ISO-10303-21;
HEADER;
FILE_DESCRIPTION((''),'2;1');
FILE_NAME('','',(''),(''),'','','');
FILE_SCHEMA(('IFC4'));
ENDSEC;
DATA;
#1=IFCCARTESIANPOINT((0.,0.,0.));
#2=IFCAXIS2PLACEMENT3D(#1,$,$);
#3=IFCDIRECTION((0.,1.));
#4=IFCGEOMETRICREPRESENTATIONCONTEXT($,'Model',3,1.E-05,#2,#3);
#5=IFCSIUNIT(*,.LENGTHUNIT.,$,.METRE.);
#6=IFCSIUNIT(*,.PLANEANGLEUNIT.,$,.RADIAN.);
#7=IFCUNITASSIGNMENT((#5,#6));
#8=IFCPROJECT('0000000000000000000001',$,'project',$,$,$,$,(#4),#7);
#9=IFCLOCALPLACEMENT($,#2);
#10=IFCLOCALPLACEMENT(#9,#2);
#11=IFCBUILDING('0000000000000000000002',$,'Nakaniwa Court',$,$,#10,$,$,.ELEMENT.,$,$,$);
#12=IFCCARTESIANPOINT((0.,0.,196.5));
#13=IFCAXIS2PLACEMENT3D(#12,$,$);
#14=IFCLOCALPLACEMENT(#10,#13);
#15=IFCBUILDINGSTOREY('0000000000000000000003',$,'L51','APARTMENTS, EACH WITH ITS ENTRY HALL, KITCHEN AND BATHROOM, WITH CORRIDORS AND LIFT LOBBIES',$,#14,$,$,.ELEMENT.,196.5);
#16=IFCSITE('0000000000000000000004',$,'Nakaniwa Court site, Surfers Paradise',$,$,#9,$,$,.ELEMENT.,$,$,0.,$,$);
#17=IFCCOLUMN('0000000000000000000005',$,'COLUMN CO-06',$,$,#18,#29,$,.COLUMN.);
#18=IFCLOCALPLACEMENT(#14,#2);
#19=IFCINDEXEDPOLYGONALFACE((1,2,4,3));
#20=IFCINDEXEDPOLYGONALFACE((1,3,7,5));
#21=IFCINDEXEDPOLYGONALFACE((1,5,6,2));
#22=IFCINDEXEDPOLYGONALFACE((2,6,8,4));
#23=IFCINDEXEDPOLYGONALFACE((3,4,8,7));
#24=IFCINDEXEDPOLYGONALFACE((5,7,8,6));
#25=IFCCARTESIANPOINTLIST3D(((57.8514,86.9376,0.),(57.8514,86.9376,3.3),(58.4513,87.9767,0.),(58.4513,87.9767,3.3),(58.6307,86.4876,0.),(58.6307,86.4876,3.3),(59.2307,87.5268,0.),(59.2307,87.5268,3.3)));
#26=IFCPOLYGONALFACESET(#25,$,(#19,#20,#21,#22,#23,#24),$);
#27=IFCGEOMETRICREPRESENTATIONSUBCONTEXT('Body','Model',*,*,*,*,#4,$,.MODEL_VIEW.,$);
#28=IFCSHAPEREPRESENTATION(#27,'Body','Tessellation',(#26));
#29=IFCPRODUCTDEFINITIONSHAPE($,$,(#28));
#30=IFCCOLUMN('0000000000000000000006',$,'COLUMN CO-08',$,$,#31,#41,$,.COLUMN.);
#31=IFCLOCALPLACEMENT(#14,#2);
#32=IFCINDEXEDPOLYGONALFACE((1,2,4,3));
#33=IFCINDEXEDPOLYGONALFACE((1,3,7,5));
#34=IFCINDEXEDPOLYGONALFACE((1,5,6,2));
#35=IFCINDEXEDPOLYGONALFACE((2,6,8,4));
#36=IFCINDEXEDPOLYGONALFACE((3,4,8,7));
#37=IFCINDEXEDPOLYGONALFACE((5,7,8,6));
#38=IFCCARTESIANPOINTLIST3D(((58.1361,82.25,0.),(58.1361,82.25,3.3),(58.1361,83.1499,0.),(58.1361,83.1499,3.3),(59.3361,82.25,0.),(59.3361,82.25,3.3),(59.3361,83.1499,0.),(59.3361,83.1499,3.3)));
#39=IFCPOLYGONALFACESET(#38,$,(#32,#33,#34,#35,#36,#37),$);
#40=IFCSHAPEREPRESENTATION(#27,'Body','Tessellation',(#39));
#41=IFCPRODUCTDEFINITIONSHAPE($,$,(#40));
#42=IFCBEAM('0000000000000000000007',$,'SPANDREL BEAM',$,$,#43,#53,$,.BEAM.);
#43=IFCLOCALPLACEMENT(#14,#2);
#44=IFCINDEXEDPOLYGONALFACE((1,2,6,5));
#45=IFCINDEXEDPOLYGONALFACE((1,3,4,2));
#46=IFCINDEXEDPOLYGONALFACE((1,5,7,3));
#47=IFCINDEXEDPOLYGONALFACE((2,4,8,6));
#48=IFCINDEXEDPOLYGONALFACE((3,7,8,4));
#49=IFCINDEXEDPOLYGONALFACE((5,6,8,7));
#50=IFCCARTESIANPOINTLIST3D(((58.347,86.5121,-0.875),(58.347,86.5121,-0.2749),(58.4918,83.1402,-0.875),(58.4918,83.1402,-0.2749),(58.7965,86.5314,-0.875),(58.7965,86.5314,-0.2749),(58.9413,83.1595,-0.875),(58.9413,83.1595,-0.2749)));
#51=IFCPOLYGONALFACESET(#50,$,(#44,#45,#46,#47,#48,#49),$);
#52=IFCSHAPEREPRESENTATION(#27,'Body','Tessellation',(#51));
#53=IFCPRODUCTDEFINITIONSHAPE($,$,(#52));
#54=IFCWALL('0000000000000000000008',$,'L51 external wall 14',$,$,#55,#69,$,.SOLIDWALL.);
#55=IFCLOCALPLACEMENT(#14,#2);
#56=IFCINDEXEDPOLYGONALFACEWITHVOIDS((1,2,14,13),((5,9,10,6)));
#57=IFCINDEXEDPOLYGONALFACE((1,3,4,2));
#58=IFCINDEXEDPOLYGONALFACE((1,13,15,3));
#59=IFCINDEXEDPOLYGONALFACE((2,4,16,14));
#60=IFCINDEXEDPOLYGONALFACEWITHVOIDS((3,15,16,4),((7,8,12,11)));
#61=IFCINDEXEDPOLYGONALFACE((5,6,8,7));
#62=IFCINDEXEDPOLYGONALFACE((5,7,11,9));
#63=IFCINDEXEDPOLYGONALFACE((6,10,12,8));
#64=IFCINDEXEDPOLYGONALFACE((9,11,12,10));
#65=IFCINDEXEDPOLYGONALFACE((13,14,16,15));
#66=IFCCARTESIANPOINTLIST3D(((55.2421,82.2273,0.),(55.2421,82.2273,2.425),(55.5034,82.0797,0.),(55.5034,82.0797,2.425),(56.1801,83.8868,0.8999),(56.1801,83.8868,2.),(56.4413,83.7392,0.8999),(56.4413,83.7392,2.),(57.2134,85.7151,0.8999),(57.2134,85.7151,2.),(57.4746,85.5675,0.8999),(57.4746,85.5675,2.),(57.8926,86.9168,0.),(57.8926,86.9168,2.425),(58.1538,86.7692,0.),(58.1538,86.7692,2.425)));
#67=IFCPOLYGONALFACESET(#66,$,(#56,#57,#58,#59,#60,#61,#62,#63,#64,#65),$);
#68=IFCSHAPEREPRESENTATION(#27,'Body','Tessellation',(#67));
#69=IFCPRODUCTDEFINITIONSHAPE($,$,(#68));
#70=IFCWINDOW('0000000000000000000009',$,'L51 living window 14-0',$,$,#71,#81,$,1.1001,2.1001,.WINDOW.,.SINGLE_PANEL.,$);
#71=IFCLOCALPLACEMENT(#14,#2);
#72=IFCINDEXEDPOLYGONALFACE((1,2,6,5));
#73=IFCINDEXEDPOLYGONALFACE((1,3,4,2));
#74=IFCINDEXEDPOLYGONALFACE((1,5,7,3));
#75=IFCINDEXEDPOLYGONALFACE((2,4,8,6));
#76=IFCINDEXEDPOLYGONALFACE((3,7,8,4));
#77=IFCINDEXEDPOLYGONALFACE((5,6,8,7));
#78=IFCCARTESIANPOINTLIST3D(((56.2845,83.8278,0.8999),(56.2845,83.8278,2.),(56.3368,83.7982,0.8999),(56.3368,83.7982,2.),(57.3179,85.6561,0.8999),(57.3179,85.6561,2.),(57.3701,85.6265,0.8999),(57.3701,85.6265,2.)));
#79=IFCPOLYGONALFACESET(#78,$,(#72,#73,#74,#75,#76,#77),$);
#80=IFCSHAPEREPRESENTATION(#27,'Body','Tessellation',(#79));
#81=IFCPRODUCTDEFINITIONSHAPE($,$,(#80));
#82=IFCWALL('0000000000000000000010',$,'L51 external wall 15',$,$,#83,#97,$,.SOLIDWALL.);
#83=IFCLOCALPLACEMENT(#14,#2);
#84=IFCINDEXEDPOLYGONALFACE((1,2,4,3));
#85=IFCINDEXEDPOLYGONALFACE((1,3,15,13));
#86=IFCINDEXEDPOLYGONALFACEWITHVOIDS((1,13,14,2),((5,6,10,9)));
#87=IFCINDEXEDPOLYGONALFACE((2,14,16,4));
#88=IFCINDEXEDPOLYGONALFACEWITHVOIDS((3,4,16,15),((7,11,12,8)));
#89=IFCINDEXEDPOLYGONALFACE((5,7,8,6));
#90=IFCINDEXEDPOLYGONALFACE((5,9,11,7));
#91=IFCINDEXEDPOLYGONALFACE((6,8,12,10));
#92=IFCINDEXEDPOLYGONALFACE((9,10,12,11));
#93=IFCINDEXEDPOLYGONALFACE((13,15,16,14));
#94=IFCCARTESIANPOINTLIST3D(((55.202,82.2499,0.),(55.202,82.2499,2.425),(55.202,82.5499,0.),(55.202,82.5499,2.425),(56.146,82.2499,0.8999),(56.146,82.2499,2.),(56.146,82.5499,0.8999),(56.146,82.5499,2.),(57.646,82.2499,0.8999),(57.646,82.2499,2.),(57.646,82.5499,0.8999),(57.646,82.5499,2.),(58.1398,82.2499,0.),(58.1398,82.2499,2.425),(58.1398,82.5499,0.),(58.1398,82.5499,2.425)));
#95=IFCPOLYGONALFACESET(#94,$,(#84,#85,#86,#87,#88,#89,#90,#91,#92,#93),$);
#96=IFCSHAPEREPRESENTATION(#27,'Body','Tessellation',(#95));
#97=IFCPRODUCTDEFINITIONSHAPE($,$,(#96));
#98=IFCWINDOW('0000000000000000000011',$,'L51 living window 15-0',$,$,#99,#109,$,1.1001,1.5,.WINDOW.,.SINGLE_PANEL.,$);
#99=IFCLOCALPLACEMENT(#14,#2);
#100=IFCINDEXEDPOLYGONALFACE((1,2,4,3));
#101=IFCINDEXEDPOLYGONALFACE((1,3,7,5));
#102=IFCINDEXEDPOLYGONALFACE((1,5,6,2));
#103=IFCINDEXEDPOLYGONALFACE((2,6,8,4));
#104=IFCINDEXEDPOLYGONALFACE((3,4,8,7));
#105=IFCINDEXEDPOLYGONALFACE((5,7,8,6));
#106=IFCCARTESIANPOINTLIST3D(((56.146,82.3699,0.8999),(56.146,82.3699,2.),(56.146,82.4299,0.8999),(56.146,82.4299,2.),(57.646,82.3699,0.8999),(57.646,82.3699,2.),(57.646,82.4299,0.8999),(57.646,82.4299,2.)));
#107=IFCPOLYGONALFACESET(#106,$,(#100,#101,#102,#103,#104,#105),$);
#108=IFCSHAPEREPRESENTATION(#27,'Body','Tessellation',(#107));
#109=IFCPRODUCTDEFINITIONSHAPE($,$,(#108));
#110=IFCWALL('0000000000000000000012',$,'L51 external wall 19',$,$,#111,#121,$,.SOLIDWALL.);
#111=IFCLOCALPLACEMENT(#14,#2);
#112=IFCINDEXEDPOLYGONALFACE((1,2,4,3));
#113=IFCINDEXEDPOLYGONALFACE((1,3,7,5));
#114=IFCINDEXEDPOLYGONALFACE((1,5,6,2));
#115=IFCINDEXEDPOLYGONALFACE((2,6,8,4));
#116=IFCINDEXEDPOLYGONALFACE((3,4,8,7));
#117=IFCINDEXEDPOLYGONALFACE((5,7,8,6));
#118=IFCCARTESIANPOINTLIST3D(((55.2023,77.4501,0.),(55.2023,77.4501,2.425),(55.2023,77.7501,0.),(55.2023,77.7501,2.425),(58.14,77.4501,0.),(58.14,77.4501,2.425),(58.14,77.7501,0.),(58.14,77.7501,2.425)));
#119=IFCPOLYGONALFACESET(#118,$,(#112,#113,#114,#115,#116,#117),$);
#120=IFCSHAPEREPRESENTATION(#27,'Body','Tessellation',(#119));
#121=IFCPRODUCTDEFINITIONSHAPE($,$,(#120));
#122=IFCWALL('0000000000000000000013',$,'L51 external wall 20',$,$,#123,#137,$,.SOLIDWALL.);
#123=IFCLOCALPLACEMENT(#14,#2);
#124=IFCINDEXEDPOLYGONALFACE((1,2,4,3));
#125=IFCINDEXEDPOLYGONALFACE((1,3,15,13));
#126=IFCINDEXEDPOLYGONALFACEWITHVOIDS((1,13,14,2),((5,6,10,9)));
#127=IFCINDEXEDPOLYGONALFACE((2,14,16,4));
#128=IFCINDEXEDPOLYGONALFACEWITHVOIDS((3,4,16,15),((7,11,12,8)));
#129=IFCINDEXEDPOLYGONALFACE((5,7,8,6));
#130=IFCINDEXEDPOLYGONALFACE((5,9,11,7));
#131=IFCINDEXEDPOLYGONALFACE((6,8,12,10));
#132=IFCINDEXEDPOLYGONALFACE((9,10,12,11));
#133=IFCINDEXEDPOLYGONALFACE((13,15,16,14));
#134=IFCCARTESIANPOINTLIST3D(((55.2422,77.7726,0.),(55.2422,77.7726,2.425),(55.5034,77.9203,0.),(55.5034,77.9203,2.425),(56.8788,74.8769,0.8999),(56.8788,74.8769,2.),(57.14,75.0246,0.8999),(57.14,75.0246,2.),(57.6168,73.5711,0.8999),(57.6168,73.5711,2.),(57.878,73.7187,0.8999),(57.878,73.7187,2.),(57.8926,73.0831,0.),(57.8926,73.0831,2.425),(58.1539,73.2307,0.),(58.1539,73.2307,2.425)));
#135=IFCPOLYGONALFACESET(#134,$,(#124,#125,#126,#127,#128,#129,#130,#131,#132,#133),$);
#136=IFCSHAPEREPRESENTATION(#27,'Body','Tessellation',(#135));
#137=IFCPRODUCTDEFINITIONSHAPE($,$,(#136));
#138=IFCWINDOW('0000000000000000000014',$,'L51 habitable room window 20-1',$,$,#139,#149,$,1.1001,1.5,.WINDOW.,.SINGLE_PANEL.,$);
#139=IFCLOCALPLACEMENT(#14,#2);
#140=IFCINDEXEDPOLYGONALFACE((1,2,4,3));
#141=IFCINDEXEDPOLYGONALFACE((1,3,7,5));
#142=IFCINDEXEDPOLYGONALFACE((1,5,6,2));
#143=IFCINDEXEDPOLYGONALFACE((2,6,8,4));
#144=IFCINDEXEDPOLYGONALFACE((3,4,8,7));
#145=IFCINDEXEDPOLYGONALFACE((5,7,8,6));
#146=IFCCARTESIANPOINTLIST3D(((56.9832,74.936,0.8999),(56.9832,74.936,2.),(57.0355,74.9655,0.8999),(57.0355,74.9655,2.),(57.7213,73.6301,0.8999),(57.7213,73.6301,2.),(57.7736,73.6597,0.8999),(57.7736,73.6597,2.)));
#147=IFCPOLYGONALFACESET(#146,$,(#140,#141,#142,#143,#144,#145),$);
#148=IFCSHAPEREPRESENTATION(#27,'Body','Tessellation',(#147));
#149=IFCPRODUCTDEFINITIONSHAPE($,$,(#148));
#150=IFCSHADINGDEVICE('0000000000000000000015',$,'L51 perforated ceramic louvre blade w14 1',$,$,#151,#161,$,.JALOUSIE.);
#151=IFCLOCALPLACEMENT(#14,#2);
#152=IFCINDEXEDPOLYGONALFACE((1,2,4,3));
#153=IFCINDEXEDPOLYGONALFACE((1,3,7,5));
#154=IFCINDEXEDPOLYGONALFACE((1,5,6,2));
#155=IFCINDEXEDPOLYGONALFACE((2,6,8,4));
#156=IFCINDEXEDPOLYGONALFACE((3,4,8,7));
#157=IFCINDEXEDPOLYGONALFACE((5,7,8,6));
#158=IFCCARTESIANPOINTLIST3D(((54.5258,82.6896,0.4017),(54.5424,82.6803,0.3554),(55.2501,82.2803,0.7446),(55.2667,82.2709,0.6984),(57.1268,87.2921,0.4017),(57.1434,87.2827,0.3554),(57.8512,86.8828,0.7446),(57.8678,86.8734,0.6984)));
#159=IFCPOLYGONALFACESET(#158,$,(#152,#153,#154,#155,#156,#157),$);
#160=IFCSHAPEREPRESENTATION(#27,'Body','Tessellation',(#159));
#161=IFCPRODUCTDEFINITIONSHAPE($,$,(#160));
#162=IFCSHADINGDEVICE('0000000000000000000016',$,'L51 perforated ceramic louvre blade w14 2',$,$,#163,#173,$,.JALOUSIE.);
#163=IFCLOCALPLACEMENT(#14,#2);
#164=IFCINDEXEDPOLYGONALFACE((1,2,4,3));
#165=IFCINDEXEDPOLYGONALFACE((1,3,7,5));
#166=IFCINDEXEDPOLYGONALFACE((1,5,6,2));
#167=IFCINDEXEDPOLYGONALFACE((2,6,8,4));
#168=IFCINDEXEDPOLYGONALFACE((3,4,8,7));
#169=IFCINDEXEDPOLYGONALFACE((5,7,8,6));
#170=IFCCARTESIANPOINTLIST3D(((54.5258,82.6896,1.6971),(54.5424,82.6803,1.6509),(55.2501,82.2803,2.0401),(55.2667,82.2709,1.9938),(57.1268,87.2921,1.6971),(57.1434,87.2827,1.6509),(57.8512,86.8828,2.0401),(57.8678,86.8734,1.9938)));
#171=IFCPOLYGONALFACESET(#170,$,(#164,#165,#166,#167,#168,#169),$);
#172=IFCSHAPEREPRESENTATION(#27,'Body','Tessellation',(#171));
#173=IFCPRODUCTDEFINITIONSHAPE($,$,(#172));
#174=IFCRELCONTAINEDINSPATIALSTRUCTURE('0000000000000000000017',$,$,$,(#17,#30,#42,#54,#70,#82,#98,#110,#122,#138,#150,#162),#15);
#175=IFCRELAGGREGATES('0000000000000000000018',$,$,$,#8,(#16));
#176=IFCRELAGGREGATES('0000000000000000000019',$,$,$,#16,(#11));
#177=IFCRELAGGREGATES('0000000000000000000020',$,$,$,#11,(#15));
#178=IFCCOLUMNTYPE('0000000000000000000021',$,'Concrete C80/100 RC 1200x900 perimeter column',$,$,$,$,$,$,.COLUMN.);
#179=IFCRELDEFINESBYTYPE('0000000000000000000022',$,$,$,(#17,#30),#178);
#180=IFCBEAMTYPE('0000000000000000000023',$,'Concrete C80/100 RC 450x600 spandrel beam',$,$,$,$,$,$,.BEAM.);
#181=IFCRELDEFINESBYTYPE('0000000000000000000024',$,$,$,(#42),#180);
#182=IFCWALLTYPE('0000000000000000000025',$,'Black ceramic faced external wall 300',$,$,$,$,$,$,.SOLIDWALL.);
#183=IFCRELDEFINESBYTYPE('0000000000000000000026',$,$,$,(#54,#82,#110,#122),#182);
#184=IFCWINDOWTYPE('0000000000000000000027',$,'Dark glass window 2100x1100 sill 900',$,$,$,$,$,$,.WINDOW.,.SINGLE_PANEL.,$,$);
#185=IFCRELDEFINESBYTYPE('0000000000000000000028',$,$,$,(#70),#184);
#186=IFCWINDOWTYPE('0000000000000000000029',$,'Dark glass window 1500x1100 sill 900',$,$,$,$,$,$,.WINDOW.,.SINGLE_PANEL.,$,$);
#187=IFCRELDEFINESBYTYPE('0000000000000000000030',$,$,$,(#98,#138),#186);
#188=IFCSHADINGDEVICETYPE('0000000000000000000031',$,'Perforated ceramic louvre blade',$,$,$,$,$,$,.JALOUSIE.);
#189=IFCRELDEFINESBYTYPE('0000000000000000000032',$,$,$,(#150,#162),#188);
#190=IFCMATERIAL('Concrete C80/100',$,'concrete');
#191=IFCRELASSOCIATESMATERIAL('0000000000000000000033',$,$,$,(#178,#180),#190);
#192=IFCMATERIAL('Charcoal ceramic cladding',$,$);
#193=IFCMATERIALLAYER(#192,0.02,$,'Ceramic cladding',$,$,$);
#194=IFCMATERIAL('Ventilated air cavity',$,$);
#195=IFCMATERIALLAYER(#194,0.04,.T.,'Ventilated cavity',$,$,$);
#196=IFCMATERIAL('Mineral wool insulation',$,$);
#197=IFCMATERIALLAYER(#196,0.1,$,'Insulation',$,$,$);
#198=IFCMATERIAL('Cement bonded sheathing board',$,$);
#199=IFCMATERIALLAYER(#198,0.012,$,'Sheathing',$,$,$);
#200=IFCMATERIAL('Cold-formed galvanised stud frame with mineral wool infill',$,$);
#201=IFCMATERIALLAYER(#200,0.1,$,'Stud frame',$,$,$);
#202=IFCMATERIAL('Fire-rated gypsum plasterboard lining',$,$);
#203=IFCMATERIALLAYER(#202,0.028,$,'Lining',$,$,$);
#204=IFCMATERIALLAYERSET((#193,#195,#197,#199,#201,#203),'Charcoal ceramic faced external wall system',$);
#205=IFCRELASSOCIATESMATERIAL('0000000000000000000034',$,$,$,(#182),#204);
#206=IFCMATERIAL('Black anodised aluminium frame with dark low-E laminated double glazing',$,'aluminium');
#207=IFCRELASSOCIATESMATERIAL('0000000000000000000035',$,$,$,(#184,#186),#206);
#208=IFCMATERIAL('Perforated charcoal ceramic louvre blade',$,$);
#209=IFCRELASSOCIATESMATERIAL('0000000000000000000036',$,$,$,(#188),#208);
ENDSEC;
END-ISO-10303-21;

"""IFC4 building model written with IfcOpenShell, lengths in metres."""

from ifc_helpers import new_model, si_unit, direction, frame, frame_2d, origin, origin_2d, place, context, subcontext, project, spatial, rectangle, extrude, material, layer, layer_set, material_profile, profile_set, type_object, element, fill, save


model = new_model("IFC4")

# Units and contexts
model_context = context("Model", 3, precision=1e-05, world=origin(), true_north=direction((0.0, 1.0)))
body_context = subcontext(model_context, "Body", "Model", "MODEL_VIEW")
ifc_project = project(units=[si_unit("LENGTHUNIT", "METRE"), si_unit("PLANEANGLEUNIT", "RADIAN")], contexts=[model_context])

# Site, building, storey
site_placement = place(None, origin())
site = spatial("IfcSite", under=ifc_project, at=site_placement, Name="Nakaniwa Court site, Surfers Paradise", CompositionType="ELEMENT", RefElevation=0.0)
building_placement = place(site_placement, origin())
building = spatial("IfcBuilding", under=site, at=building_placement, Name="Nakaniwa Court", CompositionType="ELEMENT")
storey_placement = place(building_placement, frame((0.0, 0.0, 196.5)))
storey = spatial("IfcBuildingStorey", under=building, at=storey_placement, Name="L51", Description="APARTMENTS, EACH WITH ITS ENTRY HALL, KITCHEN AND BATHROOM, WITH CORRIDORS AND LIFT LOBBIES", CompositionType="ELEMENT", Elevation=196.5)

# Columns
ifc_material_1 = material(Name="Concrete C80/100", Category="concrete")
ifc_material_profile_1 = material_profile(ifc_material_1, rectangle(XDim=1.2, YDim=0.8999, at=origin_2d()), Name="Concrete C80/100 RC 1200x900 perimeter column")
ifc_profile_set_1 = profile_set([ifc_material_profile_1], Name="Concrete C80/100")
column_type = type_object("IfcColumnType", Name="Concrete C80/100 RC 1200x900 perimeter column", PredefinedType="COLUMN", material=ifc_profile_set_1)
for number, where, z_axis, x_axis, name in (
    (1, (58.541, 87.2322, 0.0), (0.0, 0.0, 1.0), (-0.5, -0.866025, 0.0), "COLUMN CO-06"),
    (2, (58.7361, 82.7, 0.0), (0.0, 0.0, 1.0), (1.0, 0.0, 0.0), "COLUMN CO-08"),
):
    element("IfcColumn", number, at=place(storey_placement, frame(where, z_axis=z_axis, x_axis=x_axis)), inside=storey, type_object=column_type, Name=name, PredefinedType="COLUMN", context=body_context, shape_type="SweptSolid", body=[
        extrude(rectangle(XDim=1.2, YDim=0.8999, at=origin_2d()), origin(), (0.0, 0.0, 1.0), 3.3),
    ])

# Beam
ifc_material_profile_2 = material_profile(ifc_material_1, rectangle(XDim=0.45, YDim=0.6001, at=origin_2d()), Name="Concrete C80/100 RC 450x600 spandrel beam")
ifc_profile_set_2 = profile_set([ifc_material_profile_2], Name="Concrete C80/100")
beam_type = type_object("IfcBeamType", Name="Concrete C80/100 RC 450x600 spandrel beam", PredefinedType="BEAM", material=ifc_profile_set_2)
beam_placement = place(storey_placement, frame((58.5718, 86.5217, -0.575), z_axis=(0.042897, -0.999079, 0.0), x_axis=(0.999079, 0.042897, 0.0)))
element("IfcBeam", 3, at=beam_placement, inside=storey, type_object=beam_type, Name="SPANDREL BEAM", PredefinedType="BEAM", context=body_context, shape_type="SweptSolid", body=[
    extrude(rectangle(XDim=0.45, YDim=0.6001, at=origin_2d()), origin(), (0.0, 0.0, 1.0), 3.375),
])

# Walls, openings, windows
ifc_material_2 = material(Name="Charcoal ceramic cladding")
ifc_layer_1 = layer(ifc_material_2, 0.02, Name="Ceramic cladding")
ifc_material_3 = material(Name="Ventilated air cavity")
ifc_layer_2 = layer(ifc_material_3, 0.04, ventilated=True, Name="Ventilated cavity")
ifc_material_4 = material(Name="Mineral wool insulation")
ifc_layer_3 = layer(ifc_material_4, 0.1, Name="Insulation")
ifc_material_5 = material(Name="Cement bonded sheathing board")
ifc_layer_4 = layer(ifc_material_5, 0.012, Name="Sheathing")
ifc_material_6 = material(Name="Cold-formed galvanised stud frame with mineral wool infill")
ifc_layer_5 = layer(ifc_material_6, 0.1, Name="Stud frame")
ifc_material_7 = material(Name="Fire-rated gypsum plasterboard lining")
ifc_layer_6 = layer(ifc_material_7, 0.028, Name="Lining")
ifc_layer_set = layer_set([ifc_layer_1, ifc_layer_2, ifc_layer_3, ifc_layer_4, ifc_layer_5, ifc_layer_6], Name="Charcoal ceramic faced external wall system")
wall_type = type_object("IfcWallType", Name="Black ceramic faced external wall 300", PredefinedType="SOLIDWALL", material=ifc_layer_set)
wall_1_placement = place(storey_placement, frame((58.0232, 86.843, 0.0), z_axis=(0.0, 0.0, 1.0), x_axis=(-0.492033, -0.870576, 0.0)))
wall_1 = element("IfcWall", 4, at=wall_1_placement, inside=storey, type_object=wall_type, Name="L51 external wall 14", PredefinedType="SOLIDWALL", context=body_context, shape_type="SweptSolid", body=[
    extrude(rectangle(XDim=5.3867, YDim=0.3, at=frame_2d((2.6934, 0.0))), origin(), (0.0, 0.0, 1.0), 2.425),
])
opening_1_placement = place(wall_1_placement, frame((1.3804, 0.0, 0.8999)))
opening_1 = element("IfcOpeningElement", 5, at=opening_1_placement, cuts=wall_1, PredefinedType="OPENING", context=body_context, shape_type="SweptSolid", body=[
    extrude(rectangle(XDim=2.1001, YDim=1.1001, at=frame_2d((1.05, 0.55))), frame((0.0, 0.1599, 0.0), z_axis=(0.0, -1.0, 0.0), x_axis=(1.0, 0.0, 0.0)), (0.0, 0.0, 1.0), 0.3201),
])
ifc_material_8 = material(Name="Black anodised aluminium frame with dark low-E laminated double glazing", Category="aluminium")
window_type_1 = type_object("IfcWindowType", Name="Dark glass window 2100x1100 sill 900", PartitioningType="SINGLE_PANEL", PredefinedType="WINDOW", material=ifc_material_8)
window_1_placement = place(opening_1_placement, origin())
window_1 = element("IfcWindow", 6, at=window_1_placement, inside=storey, type_object=window_type_1, Name="L51 living window 14-0", OverallHeight=1.1001, OverallWidth=2.1001, PartitioningType="SINGLE_PANEL", PredefinedType="WINDOW", context=body_context, shape_type="SweptSolid", body=[
    extrude(rectangle(XDim=2.1001, YDim=1.1001, at=frame_2d((1.05, 0.55))), frame((0.0, 0.03, 0.0), z_axis=(0.0, -1.0, 0.0), x_axis=(1.0, 0.0, 0.0)), (0.0, 0.0, 1.0), 0.0601),
])
fill(opening_1, window_1)
wall_2_placement = place(storey_placement, frame((55.2021, 82.3999, 0.0), z_axis=(0.0, 0.0, 1.0), x_axis=(1.0, 0.0, 0.0)))
wall_2 = element("IfcWall", 7, at=wall_2_placement, inside=storey, type_object=wall_type, Name="L51 external wall 15", PredefinedType="SOLIDWALL", context=body_context, shape_type="SweptSolid", body=[
    extrude(rectangle(XDim=2.9377, YDim=0.3, at=frame_2d((1.4688, 0.0))), origin(), (0.0, 0.0, 1.0), 2.425),
])
opening_2_placement = place(wall_2_placement, frame((0.9438, 0.0, 0.8999)))
opening_2 = element("IfcOpeningElement", 8, at=opening_2_placement, cuts=wall_2, PredefinedType="OPENING", context=body_context, shape_type="SweptSolid", body=[
    extrude(rectangle(XDim=1.5, YDim=1.1001, at=frame_2d((0.75, 0.55))), frame((0.0, 0.1599, 0.0), z_axis=(0.0, -1.0, 0.0), x_axis=(1.0, 0.0, 0.0)), (0.0, 0.0, 1.0), 0.3201),
])
window_type_2 = type_object("IfcWindowType", Name="Dark glass window 1500x1100 sill 900", PartitioningType="SINGLE_PANEL", PredefinedType="WINDOW", material=ifc_material_8)
window_2_placement = place(opening_2_placement, origin())
window_2 = element("IfcWindow", 9, at=window_2_placement, inside=storey, type_object=window_type_2, Name="L51 living window 15-0", OverallHeight=1.1001, OverallWidth=1.5, PartitioningType="SINGLE_PANEL", PredefinedType="WINDOW", context=body_context, shape_type="SweptSolid", body=[
    extrude(rectangle(XDim=1.5, YDim=1.1001, at=frame_2d((0.75, 0.55))), frame((0.0, 0.03, 0.0), z_axis=(0.0, -1.0, 0.0), x_axis=(1.0, 0.0, 0.0)), (0.0, 0.0, 1.0), 0.0601),
])
fill(opening_2, window_2)

# Wall
wall_3_placement = place(storey_placement, frame((58.1399, 77.6001, 0.0), z_axis=(0.0, 0.0, 1.0), x_axis=(-1.0, 0.0, 0.0)))
element("IfcWall", 10, at=wall_3_placement, inside=storey, type_object=wall_type, Name="L51 external wall 19", PredefinedType="SOLIDWALL", context=body_context, shape_type="SweptSolid", body=[
    extrude(rectangle(XDim=2.9377, YDim=0.3, at=frame_2d((1.4688, 0.0))), origin(), (0.0, 0.0, 1.0), 2.425),
])

# Wall, opening, window
wall_4_placement = place(storey_placement, frame((55.3728, 77.8464, 0.0), z_axis=(0.0, 0.0, 1.0), x_axis=(0.492033, -0.870576, 0.0)))
wall_4 = element("IfcWall", 11, at=wall_4_placement, inside=storey, type_object=wall_type, Name="L51 external wall 20", PredefinedType="SOLIDWALL", context=body_context, shape_type="SweptSolid", body=[
    extrude(rectangle(XDim=5.3867, YDim=0.3, at=frame_2d((2.6934, 0.0))), origin(), (0.0, 0.0, 1.0), 2.425),
])
opening_3_placement = place(wall_4_placement, frame((3.3262, 0.0, 0.8999)))
opening_3 = element("IfcOpeningElement", 12, at=opening_3_placement, cuts=wall_4, PredefinedType="OPENING", context=body_context, shape_type="SweptSolid", body=[
    extrude(rectangle(XDim=1.5, YDim=1.1001, at=frame_2d((0.75, 0.55))), frame((0.0, 0.1599, 0.0), z_axis=(0.0, -1.0, 0.0), x_axis=(1.0, 0.0, 0.0)), (0.0, 0.0, 1.0), 0.3201),
])
window_3_placement = place(opening_3_placement, origin())
window_3 = element("IfcWindow", 13, at=window_3_placement, inside=storey, type_object=window_type_2, Name="L51 habitable room window 20-1", OverallHeight=1.1001, OverallWidth=1.5, PartitioningType="SINGLE_PANEL", PredefinedType="WINDOW", context=body_context, shape_type="SweptSolid", body=[
    extrude(rectangle(XDim=1.5, YDim=1.1001, at=frame_2d((0.75, 0.55))), frame((0.0, 0.03, 0.0), z_axis=(0.0, -1.0, 0.0), x_axis=(1.0, 0.0, 0.0)), (0.0, 0.0, 1.0), 0.0601),
])
fill(opening_3, window_3)

# Shading devices
ifc_material_9 = material(Name="Perforated charcoal ceramic louvre blade")
ifc_material_profile_3 = material_profile(ifc_material_9, rectangle(XDim=0.8999, YDim=0.05, at=origin_2d()), Name="Perforated ceramic louvre blade")
ifc_profile_set_3 = profile_set([ifc_material_profile_3], Name="Perforated charcoal ceramic louvre blade")
shading_device_type = type_object("IfcShadingDeviceType", Name="Perforated ceramic louvre blade", PredefinedType="JALOUSIE", material=ifc_profile_set_3)
for number, where, z_axis, x_axis, name in (
    (14, (57.4973, 87.0828, 0.55), (-0.492006, -0.870592, 0.0), (0.804902, -0.454882, 0.38107), "L51 perforated ceramic louvre blade w14 1"),
    (15, (57.4973, 87.0828, 1.8455), (-0.492006, -0.870592, 0.0), (0.804902, -0.454882, 0.38107), "L51 perforated ceramic louvre blade w14 2"),
):
    element("IfcShadingDevice", number, at=place(storey_placement, frame(where, z_axis=z_axis, x_axis=x_axis)), inside=storey, type_object=shading_device_type, Name=name, PredefinedType="JALOUSIE", context=body_context, shape_type="SweptSolid", body=[
        extrude(rectangle(XDim=0.8999, YDim=0.05, at=origin_2d()), origin(), (0.0, 0.0, 1.0), 5.2866),
    ])

save(model, "model.ifc")
